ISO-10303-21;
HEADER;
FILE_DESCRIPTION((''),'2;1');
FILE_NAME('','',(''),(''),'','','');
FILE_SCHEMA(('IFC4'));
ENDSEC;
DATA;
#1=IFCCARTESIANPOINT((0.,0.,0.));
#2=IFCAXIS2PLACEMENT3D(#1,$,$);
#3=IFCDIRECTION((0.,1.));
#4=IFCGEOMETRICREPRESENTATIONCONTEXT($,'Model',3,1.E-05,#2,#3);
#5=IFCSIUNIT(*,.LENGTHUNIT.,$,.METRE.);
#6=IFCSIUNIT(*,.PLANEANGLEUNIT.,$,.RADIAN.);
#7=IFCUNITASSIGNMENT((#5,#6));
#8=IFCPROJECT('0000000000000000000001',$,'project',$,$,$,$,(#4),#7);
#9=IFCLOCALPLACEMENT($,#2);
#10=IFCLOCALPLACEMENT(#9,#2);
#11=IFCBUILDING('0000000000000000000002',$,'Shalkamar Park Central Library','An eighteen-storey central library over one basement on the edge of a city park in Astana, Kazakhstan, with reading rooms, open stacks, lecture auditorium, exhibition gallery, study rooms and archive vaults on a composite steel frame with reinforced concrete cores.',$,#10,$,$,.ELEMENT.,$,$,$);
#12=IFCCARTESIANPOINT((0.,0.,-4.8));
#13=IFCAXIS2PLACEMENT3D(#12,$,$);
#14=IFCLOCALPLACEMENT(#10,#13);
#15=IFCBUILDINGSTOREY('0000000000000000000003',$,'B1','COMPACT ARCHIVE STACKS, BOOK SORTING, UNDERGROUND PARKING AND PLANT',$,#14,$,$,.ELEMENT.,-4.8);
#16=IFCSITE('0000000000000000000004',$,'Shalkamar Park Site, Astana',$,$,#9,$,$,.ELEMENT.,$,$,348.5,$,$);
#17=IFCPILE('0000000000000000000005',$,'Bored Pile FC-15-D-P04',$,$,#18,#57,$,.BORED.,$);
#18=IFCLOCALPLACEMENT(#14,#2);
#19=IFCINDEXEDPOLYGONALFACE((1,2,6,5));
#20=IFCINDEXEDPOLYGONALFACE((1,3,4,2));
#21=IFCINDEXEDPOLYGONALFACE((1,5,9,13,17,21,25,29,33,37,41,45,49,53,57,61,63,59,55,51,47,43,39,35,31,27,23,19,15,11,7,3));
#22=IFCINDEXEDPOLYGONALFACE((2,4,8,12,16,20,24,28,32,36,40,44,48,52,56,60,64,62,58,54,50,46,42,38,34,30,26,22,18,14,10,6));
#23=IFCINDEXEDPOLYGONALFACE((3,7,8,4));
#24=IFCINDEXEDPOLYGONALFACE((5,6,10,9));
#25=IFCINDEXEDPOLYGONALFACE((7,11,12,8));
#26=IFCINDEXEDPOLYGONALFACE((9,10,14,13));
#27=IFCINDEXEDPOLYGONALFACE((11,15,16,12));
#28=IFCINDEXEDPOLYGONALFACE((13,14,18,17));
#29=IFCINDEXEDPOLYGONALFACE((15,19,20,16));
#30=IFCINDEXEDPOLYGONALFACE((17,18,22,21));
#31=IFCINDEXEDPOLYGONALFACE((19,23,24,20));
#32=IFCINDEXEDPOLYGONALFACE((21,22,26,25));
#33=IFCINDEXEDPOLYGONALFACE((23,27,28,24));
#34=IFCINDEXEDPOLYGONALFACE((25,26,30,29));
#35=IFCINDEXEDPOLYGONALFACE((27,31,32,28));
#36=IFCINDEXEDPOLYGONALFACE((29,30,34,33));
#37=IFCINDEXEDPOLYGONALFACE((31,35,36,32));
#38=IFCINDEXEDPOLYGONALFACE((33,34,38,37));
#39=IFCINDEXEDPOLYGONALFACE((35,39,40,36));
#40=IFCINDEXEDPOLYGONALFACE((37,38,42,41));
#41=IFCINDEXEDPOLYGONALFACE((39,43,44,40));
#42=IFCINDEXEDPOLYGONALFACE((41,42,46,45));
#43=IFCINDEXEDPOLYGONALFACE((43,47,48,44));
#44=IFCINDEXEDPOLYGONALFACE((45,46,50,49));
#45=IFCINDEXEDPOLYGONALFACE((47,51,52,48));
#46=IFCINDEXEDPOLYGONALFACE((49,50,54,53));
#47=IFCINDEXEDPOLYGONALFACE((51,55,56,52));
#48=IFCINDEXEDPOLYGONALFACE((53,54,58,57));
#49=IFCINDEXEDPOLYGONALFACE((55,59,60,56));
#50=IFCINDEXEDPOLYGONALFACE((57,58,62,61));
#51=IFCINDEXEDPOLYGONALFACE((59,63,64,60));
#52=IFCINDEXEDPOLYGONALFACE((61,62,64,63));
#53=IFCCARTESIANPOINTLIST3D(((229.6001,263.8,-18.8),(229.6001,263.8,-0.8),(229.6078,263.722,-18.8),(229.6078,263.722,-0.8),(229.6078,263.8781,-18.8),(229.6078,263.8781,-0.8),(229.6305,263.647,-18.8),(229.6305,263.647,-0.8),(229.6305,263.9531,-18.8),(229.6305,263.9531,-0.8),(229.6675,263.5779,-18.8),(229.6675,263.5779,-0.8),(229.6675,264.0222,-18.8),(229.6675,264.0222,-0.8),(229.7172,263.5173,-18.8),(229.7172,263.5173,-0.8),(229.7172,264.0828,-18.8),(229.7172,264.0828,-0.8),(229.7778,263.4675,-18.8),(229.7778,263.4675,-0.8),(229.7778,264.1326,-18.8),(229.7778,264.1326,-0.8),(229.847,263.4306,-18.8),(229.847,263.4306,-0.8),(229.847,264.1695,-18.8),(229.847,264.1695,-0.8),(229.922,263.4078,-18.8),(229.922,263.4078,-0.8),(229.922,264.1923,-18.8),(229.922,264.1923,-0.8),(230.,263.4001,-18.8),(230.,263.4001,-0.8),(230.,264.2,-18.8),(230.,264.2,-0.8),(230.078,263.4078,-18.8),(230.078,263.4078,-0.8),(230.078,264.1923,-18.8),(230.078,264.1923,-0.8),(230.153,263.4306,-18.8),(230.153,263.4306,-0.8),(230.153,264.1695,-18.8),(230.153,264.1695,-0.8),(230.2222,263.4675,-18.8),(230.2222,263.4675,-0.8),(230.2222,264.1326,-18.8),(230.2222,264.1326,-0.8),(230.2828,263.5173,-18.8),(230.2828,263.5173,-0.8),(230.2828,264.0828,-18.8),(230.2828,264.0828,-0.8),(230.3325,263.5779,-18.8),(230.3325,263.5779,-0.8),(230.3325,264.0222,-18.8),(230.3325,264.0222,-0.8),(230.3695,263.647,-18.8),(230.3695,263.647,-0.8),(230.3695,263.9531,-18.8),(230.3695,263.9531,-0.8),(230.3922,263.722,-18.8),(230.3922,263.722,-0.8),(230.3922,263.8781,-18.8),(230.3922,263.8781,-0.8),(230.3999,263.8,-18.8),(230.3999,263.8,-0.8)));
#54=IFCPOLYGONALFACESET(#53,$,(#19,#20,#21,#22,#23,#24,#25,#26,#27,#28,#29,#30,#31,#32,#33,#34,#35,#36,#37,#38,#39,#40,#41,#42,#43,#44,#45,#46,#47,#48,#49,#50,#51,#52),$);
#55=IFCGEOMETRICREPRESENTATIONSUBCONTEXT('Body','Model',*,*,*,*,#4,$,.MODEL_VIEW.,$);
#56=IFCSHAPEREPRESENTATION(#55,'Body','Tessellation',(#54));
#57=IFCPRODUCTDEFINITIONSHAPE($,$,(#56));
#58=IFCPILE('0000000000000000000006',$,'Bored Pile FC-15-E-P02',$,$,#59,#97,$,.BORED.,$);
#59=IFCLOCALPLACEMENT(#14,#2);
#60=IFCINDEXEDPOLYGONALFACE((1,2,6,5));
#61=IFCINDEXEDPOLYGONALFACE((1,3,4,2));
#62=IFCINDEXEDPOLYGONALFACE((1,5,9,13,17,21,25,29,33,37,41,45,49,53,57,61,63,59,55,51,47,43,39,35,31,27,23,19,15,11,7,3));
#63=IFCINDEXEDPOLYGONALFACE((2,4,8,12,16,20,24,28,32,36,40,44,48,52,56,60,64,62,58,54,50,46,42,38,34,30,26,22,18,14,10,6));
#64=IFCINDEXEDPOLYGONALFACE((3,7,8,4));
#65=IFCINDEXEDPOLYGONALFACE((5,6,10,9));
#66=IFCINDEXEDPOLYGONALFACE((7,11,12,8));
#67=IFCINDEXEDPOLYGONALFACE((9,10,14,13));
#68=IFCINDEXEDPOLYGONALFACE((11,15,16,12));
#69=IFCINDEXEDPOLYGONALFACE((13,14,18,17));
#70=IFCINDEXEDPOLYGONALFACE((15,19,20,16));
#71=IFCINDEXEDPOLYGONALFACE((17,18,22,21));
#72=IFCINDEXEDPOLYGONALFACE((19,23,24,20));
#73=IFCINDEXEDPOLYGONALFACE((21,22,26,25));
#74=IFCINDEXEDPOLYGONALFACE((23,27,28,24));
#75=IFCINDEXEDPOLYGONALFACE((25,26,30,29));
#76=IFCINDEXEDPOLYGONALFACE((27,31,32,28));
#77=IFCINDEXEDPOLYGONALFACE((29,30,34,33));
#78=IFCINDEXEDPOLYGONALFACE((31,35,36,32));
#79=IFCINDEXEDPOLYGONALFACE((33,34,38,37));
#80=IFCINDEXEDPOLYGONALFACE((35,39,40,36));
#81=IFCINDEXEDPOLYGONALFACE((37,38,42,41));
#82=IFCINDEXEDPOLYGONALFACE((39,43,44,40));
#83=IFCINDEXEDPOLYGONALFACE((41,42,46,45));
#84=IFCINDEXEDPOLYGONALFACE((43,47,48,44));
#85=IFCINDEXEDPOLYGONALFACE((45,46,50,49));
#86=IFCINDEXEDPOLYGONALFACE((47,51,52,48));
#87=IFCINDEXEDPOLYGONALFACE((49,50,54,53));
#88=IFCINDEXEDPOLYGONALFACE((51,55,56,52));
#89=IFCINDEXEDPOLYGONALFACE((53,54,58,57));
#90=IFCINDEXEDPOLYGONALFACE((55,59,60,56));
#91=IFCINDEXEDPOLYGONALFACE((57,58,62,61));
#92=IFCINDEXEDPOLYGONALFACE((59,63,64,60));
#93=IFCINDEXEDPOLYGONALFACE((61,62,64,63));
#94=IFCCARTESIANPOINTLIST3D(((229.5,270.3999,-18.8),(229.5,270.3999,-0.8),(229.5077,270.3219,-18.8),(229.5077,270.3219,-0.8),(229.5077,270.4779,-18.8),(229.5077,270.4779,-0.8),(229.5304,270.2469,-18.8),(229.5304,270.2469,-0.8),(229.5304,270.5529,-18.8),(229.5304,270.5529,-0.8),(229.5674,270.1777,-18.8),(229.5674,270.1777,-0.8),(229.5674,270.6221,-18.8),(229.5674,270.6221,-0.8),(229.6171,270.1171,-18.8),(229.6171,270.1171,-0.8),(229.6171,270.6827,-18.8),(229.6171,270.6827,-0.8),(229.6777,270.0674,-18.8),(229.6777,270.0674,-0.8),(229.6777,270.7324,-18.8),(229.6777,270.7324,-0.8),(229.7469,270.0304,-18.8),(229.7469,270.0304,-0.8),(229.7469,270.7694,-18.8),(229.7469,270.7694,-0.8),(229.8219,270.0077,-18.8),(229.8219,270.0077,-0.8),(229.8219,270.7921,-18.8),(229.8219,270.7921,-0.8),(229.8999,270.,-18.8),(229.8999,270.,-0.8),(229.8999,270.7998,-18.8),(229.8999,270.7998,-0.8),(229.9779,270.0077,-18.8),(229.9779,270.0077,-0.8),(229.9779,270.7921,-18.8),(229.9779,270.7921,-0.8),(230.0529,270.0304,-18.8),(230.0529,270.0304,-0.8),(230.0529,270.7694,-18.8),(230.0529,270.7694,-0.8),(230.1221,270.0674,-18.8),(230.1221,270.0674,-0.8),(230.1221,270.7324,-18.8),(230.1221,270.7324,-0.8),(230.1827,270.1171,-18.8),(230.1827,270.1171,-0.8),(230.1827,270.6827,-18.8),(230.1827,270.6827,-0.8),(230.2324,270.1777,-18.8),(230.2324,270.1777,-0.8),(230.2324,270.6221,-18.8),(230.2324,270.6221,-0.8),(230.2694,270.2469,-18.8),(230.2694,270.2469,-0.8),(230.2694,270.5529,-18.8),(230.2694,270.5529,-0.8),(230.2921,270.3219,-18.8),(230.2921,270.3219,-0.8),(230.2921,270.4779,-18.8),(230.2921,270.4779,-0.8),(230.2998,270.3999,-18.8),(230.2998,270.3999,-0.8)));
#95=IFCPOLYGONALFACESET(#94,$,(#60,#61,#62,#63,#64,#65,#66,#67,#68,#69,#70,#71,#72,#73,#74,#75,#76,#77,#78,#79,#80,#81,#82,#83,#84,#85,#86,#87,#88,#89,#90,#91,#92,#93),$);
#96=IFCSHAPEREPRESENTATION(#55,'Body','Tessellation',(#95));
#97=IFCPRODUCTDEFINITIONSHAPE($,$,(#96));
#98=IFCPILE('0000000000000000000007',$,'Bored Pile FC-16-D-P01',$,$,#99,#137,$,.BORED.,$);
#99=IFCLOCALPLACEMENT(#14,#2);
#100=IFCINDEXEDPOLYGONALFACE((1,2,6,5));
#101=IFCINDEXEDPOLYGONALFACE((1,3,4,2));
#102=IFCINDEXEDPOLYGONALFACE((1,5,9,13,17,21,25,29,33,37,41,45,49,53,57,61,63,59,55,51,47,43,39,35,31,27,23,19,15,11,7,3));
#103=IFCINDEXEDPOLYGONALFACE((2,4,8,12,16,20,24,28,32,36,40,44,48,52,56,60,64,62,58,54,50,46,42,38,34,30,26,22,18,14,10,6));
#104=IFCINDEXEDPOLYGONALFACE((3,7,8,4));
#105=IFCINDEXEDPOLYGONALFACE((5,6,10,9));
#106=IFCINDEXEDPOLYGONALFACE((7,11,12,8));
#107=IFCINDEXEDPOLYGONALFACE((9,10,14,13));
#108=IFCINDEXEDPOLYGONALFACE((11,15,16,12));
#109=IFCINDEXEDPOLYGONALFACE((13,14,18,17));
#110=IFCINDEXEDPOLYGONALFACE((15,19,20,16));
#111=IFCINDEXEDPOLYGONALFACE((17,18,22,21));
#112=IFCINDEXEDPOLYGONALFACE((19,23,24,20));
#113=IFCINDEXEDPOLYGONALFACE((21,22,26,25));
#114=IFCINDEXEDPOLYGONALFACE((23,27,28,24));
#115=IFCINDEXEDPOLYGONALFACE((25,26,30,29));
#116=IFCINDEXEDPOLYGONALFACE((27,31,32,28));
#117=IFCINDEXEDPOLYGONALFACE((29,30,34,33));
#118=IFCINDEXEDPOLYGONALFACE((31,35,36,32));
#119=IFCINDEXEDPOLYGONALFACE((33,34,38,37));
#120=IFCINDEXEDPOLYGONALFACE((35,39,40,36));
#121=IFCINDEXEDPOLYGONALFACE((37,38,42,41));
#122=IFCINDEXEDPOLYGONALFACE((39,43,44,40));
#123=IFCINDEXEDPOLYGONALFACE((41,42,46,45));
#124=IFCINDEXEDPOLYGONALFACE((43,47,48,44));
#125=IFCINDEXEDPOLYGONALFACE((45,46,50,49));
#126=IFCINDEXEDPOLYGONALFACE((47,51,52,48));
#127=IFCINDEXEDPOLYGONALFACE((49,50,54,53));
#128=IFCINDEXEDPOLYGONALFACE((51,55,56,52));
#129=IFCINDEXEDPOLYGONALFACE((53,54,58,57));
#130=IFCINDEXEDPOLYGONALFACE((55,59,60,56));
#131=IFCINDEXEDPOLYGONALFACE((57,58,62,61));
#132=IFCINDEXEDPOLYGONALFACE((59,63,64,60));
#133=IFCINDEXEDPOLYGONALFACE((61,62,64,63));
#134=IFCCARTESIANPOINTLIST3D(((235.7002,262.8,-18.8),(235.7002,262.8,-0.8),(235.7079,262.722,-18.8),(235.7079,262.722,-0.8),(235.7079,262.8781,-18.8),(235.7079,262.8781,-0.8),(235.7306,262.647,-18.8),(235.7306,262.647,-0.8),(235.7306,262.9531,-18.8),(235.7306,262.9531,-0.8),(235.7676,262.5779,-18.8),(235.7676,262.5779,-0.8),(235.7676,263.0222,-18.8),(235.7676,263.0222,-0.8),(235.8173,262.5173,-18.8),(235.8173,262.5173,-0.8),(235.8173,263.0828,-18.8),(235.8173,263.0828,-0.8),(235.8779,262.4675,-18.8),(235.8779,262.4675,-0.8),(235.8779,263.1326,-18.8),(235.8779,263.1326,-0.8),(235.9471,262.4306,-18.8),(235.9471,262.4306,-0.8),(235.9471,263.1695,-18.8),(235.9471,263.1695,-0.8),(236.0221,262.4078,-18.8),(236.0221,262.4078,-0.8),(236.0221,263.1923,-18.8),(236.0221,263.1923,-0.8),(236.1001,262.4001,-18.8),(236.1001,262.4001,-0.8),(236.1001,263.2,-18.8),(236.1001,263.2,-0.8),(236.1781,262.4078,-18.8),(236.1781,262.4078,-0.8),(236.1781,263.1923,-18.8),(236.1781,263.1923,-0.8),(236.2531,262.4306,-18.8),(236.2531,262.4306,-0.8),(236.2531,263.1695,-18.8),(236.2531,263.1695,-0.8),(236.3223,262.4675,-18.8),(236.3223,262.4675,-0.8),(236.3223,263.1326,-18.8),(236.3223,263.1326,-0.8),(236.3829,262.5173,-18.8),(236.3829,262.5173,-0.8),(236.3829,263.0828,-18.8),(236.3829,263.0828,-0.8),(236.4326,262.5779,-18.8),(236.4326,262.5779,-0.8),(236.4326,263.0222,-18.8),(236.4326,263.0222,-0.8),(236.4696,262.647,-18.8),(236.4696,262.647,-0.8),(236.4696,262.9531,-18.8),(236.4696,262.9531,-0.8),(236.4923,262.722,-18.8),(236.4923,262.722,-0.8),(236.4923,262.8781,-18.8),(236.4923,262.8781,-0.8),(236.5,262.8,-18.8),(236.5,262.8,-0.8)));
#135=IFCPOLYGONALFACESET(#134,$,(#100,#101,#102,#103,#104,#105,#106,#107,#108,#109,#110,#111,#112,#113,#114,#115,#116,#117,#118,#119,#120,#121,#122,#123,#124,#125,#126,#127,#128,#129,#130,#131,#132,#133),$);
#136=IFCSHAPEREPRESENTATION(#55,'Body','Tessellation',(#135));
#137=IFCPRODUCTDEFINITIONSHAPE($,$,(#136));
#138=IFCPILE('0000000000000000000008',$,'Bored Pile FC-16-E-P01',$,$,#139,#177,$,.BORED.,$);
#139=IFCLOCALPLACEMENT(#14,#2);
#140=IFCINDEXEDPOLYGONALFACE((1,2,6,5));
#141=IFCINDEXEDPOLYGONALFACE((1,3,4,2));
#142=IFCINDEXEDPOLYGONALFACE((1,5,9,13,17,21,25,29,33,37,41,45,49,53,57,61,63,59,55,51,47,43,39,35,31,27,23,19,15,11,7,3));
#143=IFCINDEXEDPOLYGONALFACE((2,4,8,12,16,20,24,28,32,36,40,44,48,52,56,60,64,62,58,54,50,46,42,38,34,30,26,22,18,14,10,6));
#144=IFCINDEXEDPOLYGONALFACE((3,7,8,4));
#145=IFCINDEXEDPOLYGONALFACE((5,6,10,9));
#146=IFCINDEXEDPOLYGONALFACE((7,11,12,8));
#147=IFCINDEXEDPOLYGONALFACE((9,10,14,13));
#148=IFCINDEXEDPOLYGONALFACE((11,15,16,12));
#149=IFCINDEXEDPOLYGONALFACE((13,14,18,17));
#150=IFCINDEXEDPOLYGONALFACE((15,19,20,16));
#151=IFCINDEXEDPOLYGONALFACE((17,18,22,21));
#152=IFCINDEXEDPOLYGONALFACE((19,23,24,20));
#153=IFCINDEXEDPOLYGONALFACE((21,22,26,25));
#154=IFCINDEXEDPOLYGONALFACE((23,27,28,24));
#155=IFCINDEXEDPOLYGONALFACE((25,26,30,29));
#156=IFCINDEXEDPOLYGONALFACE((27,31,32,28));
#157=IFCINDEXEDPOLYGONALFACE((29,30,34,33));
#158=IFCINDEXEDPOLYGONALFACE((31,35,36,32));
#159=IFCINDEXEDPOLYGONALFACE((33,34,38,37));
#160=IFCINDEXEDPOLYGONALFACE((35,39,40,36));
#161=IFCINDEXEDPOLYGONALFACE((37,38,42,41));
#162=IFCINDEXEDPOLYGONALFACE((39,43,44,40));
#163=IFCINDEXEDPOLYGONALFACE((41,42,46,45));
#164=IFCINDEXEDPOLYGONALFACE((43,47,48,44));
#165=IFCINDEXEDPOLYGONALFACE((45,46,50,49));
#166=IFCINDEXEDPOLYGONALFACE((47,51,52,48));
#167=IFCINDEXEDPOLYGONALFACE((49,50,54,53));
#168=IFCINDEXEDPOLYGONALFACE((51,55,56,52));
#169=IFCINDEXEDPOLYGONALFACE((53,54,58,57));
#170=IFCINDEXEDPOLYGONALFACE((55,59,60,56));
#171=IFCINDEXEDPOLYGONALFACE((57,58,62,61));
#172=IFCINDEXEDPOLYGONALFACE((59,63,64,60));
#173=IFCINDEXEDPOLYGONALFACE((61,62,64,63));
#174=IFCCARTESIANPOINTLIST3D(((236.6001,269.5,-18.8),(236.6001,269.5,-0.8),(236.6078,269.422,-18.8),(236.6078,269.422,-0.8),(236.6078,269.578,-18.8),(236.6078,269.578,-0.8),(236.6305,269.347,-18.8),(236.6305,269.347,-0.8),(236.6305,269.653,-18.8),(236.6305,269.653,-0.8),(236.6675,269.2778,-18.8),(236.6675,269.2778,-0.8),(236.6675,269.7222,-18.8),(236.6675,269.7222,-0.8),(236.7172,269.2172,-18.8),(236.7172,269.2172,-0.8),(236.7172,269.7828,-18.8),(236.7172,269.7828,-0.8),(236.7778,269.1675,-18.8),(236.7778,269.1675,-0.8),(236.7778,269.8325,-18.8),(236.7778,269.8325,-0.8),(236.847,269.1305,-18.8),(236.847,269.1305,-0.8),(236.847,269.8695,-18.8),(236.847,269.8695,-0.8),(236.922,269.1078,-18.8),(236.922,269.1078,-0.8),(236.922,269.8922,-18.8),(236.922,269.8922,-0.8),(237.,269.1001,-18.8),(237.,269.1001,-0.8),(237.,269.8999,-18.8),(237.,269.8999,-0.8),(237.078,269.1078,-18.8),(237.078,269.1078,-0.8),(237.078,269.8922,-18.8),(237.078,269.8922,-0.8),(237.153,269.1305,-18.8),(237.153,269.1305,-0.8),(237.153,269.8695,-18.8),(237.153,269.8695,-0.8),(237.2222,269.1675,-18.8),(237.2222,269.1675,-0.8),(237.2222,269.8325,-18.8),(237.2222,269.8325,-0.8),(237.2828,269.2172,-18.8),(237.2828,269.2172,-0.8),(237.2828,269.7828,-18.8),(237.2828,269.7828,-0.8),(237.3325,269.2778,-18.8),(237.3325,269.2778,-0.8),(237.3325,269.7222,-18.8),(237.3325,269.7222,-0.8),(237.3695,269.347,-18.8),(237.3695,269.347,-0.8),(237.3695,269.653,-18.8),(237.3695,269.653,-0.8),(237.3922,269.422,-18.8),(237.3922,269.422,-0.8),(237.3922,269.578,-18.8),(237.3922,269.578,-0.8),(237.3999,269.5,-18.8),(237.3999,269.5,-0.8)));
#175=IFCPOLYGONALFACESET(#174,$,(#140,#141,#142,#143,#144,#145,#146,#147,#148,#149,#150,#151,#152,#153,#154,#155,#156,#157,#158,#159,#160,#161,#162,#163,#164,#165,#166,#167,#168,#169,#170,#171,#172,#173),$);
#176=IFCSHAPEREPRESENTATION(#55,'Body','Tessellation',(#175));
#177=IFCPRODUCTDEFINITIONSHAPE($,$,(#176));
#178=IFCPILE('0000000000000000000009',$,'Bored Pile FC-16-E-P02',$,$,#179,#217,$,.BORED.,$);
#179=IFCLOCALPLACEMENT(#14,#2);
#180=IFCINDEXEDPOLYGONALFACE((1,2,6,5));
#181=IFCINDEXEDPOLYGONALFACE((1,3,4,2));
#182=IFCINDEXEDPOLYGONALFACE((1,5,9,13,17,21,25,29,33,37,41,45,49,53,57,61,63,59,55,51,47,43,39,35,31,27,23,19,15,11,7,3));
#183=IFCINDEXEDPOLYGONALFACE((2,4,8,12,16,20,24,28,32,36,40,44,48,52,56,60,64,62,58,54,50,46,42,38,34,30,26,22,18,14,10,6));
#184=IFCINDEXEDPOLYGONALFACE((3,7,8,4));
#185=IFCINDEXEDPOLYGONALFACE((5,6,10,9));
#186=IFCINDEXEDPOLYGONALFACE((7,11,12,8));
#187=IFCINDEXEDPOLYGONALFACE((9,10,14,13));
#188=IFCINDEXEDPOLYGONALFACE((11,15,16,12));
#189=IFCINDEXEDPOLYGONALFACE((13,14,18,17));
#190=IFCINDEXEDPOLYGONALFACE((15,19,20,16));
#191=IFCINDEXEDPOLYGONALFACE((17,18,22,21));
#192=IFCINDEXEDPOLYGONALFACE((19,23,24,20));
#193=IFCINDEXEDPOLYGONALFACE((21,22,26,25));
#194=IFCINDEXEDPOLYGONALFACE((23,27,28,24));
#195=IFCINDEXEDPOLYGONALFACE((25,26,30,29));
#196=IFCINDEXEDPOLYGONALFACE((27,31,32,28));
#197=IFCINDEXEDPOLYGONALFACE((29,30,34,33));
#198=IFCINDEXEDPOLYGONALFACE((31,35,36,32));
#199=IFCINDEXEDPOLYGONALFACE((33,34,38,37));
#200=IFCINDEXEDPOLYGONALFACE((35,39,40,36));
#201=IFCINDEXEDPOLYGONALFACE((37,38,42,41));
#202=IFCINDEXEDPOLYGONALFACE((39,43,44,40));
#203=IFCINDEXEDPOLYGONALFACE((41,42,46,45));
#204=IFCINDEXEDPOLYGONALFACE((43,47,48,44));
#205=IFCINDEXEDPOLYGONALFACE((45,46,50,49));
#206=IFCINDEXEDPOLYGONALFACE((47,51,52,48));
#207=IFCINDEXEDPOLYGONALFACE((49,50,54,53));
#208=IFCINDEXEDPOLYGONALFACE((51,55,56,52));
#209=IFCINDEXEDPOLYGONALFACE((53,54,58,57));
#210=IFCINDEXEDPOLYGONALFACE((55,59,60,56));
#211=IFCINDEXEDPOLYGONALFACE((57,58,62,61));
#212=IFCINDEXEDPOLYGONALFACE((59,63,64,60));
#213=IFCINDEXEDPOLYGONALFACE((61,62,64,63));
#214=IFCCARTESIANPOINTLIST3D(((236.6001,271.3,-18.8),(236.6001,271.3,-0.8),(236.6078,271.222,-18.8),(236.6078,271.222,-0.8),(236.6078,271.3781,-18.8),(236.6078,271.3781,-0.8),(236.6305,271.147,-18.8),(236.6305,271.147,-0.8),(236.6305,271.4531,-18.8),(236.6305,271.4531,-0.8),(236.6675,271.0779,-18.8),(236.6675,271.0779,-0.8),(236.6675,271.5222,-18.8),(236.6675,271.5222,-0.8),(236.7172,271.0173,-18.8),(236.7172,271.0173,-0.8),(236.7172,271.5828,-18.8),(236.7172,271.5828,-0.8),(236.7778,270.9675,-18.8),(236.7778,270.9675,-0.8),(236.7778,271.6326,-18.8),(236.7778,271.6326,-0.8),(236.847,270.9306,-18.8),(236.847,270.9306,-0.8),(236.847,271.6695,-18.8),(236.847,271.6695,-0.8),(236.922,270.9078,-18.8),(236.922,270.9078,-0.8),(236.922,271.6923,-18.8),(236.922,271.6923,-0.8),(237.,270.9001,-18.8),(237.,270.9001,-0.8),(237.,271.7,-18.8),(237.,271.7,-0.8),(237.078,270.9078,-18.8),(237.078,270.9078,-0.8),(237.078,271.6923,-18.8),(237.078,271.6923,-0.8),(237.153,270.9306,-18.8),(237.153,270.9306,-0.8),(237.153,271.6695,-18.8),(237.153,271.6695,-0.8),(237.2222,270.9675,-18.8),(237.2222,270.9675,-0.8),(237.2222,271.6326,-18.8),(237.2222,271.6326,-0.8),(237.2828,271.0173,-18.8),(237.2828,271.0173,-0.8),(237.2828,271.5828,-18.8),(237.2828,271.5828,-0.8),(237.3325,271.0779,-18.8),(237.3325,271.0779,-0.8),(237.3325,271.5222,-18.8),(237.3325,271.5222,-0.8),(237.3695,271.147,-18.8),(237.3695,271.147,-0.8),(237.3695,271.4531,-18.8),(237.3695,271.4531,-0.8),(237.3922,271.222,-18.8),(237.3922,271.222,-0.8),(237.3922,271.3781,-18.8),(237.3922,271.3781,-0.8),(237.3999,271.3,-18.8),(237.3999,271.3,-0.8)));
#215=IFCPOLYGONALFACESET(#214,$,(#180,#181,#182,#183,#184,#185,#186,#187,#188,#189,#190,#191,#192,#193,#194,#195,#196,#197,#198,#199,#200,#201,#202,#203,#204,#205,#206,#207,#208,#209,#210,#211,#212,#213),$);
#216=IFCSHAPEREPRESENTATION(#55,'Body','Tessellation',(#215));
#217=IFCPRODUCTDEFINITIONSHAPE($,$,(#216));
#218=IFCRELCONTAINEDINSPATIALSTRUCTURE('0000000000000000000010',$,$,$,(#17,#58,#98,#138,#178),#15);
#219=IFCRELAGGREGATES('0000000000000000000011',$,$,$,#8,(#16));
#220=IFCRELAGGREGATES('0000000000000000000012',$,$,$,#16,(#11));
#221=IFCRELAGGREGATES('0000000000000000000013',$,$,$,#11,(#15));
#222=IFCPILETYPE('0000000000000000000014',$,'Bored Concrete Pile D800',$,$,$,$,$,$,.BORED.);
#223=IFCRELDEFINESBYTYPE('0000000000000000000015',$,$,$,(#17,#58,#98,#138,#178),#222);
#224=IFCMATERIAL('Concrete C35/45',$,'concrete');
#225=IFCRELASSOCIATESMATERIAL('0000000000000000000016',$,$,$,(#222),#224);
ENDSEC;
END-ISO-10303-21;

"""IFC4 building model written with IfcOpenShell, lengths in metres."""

from ifc_helpers import new_model, si_unit, direction, frame, origin, origin_2d, place, context, subcontext, project, spatial, circle, extrude, material, material_profile, profile_set, type_object, element, save


model = new_model("IFC4")

# Units and contexts
model_context = context("Model", 3, precision=1e-05, world=origin(), true_north=direction((0.0, 1.0)))
body_context = subcontext(model_context, "Body", "Model", "MODEL_VIEW")
ifc_project = project(units=[si_unit("LENGTHUNIT", "METRE"), si_unit("PLANEANGLEUNIT", "RADIAN")], contexts=[model_context])

# Site, building, storey
site_placement = place(None, origin())
site = spatial("IfcSite", under=ifc_project, at=site_placement, Name="Shalkamar Park Site, Astana", CompositionType="ELEMENT", RefElevation=348.5)
building_placement = place(site_placement, origin())
building = spatial("IfcBuilding", under=site, at=building_placement, Name="Shalkamar Park Central Library", Description="An eighteen-storey central library over one basement on the edge of a city park in Astana, Kazakhstan, with reading rooms, open stacks, lecture auditorium, exhibition gallery, study rooms and archive vaults on a composite steel frame with reinforced concrete cores.", CompositionType="ELEMENT")
storey_placement = place(building_placement, frame((0.0, 0.0, -4.8)))
storey = spatial("IfcBuildingStorey", under=building, at=storey_placement, Name="B1", Description="COMPACT ARCHIVE STACKS, BOOK SORTING, UNDERGROUND PARKING AND PLANT", CompositionType="ELEMENT", Elevation=-4.8)

# Piles
ifc_material_1 = material(Name="Concrete C35/45", Category="concrete")
ifc_material_profile_1 = material_profile(ifc_material_1, circle(Radius=0.3999, at=origin_2d()), Name="PILE D800")
ifc_profile_set_1 = profile_set([ifc_material_profile_1], Name="Concrete C35/45")
pile_type = type_object("IfcPileType", Name="Bored Concrete Pile D800", PredefinedType="BORED", material=ifc_profile_set_1)
for number, where, z_axis, x_axis, name in (
    (1, (230.0, 263.8, -0.8), (0.0, 0.0, -1.0), (1.0, 0.0, 0.0), "Bored Pile FC-15-D-P04"),
    (2, (229.8999, 270.3999, -0.8), (0.0, 0.0, -1.0), (1.0, 0.0, 0.0), "Bored Pile FC-15-E-P02"),
    (3, (236.1001, 262.8, -0.8), (0.0, 0.0, -1.0), (1.0, 0.0, 0.0), "Bored Pile FC-16-D-P01"),
    (4, (237.0, 269.5, -0.8), (0.0, 0.0, -1.0), (1.0, 0.0, 0.0), "Bored Pile FC-16-E-P01"),
    (5, (237.0, 271.3, -0.8), (0.0, 0.0, -1.0), (1.0, 0.0, 0.0), "Bored Pile FC-16-E-P02"),
):
    element("IfcPile", number, at=place(storey_placement, frame(where, z_axis=z_axis, x_axis=x_axis)), inside=storey, type_object=pile_type, Name=name, PredefinedType="BORED", context=body_context, shape_type="SweptSolid", body=[
        extrude(circle(Radius=0.3999, at=origin_2d()), origin(), (0.0, 0.0, 1.0), 18.0),
    ])

save(model, "model.ifc")
